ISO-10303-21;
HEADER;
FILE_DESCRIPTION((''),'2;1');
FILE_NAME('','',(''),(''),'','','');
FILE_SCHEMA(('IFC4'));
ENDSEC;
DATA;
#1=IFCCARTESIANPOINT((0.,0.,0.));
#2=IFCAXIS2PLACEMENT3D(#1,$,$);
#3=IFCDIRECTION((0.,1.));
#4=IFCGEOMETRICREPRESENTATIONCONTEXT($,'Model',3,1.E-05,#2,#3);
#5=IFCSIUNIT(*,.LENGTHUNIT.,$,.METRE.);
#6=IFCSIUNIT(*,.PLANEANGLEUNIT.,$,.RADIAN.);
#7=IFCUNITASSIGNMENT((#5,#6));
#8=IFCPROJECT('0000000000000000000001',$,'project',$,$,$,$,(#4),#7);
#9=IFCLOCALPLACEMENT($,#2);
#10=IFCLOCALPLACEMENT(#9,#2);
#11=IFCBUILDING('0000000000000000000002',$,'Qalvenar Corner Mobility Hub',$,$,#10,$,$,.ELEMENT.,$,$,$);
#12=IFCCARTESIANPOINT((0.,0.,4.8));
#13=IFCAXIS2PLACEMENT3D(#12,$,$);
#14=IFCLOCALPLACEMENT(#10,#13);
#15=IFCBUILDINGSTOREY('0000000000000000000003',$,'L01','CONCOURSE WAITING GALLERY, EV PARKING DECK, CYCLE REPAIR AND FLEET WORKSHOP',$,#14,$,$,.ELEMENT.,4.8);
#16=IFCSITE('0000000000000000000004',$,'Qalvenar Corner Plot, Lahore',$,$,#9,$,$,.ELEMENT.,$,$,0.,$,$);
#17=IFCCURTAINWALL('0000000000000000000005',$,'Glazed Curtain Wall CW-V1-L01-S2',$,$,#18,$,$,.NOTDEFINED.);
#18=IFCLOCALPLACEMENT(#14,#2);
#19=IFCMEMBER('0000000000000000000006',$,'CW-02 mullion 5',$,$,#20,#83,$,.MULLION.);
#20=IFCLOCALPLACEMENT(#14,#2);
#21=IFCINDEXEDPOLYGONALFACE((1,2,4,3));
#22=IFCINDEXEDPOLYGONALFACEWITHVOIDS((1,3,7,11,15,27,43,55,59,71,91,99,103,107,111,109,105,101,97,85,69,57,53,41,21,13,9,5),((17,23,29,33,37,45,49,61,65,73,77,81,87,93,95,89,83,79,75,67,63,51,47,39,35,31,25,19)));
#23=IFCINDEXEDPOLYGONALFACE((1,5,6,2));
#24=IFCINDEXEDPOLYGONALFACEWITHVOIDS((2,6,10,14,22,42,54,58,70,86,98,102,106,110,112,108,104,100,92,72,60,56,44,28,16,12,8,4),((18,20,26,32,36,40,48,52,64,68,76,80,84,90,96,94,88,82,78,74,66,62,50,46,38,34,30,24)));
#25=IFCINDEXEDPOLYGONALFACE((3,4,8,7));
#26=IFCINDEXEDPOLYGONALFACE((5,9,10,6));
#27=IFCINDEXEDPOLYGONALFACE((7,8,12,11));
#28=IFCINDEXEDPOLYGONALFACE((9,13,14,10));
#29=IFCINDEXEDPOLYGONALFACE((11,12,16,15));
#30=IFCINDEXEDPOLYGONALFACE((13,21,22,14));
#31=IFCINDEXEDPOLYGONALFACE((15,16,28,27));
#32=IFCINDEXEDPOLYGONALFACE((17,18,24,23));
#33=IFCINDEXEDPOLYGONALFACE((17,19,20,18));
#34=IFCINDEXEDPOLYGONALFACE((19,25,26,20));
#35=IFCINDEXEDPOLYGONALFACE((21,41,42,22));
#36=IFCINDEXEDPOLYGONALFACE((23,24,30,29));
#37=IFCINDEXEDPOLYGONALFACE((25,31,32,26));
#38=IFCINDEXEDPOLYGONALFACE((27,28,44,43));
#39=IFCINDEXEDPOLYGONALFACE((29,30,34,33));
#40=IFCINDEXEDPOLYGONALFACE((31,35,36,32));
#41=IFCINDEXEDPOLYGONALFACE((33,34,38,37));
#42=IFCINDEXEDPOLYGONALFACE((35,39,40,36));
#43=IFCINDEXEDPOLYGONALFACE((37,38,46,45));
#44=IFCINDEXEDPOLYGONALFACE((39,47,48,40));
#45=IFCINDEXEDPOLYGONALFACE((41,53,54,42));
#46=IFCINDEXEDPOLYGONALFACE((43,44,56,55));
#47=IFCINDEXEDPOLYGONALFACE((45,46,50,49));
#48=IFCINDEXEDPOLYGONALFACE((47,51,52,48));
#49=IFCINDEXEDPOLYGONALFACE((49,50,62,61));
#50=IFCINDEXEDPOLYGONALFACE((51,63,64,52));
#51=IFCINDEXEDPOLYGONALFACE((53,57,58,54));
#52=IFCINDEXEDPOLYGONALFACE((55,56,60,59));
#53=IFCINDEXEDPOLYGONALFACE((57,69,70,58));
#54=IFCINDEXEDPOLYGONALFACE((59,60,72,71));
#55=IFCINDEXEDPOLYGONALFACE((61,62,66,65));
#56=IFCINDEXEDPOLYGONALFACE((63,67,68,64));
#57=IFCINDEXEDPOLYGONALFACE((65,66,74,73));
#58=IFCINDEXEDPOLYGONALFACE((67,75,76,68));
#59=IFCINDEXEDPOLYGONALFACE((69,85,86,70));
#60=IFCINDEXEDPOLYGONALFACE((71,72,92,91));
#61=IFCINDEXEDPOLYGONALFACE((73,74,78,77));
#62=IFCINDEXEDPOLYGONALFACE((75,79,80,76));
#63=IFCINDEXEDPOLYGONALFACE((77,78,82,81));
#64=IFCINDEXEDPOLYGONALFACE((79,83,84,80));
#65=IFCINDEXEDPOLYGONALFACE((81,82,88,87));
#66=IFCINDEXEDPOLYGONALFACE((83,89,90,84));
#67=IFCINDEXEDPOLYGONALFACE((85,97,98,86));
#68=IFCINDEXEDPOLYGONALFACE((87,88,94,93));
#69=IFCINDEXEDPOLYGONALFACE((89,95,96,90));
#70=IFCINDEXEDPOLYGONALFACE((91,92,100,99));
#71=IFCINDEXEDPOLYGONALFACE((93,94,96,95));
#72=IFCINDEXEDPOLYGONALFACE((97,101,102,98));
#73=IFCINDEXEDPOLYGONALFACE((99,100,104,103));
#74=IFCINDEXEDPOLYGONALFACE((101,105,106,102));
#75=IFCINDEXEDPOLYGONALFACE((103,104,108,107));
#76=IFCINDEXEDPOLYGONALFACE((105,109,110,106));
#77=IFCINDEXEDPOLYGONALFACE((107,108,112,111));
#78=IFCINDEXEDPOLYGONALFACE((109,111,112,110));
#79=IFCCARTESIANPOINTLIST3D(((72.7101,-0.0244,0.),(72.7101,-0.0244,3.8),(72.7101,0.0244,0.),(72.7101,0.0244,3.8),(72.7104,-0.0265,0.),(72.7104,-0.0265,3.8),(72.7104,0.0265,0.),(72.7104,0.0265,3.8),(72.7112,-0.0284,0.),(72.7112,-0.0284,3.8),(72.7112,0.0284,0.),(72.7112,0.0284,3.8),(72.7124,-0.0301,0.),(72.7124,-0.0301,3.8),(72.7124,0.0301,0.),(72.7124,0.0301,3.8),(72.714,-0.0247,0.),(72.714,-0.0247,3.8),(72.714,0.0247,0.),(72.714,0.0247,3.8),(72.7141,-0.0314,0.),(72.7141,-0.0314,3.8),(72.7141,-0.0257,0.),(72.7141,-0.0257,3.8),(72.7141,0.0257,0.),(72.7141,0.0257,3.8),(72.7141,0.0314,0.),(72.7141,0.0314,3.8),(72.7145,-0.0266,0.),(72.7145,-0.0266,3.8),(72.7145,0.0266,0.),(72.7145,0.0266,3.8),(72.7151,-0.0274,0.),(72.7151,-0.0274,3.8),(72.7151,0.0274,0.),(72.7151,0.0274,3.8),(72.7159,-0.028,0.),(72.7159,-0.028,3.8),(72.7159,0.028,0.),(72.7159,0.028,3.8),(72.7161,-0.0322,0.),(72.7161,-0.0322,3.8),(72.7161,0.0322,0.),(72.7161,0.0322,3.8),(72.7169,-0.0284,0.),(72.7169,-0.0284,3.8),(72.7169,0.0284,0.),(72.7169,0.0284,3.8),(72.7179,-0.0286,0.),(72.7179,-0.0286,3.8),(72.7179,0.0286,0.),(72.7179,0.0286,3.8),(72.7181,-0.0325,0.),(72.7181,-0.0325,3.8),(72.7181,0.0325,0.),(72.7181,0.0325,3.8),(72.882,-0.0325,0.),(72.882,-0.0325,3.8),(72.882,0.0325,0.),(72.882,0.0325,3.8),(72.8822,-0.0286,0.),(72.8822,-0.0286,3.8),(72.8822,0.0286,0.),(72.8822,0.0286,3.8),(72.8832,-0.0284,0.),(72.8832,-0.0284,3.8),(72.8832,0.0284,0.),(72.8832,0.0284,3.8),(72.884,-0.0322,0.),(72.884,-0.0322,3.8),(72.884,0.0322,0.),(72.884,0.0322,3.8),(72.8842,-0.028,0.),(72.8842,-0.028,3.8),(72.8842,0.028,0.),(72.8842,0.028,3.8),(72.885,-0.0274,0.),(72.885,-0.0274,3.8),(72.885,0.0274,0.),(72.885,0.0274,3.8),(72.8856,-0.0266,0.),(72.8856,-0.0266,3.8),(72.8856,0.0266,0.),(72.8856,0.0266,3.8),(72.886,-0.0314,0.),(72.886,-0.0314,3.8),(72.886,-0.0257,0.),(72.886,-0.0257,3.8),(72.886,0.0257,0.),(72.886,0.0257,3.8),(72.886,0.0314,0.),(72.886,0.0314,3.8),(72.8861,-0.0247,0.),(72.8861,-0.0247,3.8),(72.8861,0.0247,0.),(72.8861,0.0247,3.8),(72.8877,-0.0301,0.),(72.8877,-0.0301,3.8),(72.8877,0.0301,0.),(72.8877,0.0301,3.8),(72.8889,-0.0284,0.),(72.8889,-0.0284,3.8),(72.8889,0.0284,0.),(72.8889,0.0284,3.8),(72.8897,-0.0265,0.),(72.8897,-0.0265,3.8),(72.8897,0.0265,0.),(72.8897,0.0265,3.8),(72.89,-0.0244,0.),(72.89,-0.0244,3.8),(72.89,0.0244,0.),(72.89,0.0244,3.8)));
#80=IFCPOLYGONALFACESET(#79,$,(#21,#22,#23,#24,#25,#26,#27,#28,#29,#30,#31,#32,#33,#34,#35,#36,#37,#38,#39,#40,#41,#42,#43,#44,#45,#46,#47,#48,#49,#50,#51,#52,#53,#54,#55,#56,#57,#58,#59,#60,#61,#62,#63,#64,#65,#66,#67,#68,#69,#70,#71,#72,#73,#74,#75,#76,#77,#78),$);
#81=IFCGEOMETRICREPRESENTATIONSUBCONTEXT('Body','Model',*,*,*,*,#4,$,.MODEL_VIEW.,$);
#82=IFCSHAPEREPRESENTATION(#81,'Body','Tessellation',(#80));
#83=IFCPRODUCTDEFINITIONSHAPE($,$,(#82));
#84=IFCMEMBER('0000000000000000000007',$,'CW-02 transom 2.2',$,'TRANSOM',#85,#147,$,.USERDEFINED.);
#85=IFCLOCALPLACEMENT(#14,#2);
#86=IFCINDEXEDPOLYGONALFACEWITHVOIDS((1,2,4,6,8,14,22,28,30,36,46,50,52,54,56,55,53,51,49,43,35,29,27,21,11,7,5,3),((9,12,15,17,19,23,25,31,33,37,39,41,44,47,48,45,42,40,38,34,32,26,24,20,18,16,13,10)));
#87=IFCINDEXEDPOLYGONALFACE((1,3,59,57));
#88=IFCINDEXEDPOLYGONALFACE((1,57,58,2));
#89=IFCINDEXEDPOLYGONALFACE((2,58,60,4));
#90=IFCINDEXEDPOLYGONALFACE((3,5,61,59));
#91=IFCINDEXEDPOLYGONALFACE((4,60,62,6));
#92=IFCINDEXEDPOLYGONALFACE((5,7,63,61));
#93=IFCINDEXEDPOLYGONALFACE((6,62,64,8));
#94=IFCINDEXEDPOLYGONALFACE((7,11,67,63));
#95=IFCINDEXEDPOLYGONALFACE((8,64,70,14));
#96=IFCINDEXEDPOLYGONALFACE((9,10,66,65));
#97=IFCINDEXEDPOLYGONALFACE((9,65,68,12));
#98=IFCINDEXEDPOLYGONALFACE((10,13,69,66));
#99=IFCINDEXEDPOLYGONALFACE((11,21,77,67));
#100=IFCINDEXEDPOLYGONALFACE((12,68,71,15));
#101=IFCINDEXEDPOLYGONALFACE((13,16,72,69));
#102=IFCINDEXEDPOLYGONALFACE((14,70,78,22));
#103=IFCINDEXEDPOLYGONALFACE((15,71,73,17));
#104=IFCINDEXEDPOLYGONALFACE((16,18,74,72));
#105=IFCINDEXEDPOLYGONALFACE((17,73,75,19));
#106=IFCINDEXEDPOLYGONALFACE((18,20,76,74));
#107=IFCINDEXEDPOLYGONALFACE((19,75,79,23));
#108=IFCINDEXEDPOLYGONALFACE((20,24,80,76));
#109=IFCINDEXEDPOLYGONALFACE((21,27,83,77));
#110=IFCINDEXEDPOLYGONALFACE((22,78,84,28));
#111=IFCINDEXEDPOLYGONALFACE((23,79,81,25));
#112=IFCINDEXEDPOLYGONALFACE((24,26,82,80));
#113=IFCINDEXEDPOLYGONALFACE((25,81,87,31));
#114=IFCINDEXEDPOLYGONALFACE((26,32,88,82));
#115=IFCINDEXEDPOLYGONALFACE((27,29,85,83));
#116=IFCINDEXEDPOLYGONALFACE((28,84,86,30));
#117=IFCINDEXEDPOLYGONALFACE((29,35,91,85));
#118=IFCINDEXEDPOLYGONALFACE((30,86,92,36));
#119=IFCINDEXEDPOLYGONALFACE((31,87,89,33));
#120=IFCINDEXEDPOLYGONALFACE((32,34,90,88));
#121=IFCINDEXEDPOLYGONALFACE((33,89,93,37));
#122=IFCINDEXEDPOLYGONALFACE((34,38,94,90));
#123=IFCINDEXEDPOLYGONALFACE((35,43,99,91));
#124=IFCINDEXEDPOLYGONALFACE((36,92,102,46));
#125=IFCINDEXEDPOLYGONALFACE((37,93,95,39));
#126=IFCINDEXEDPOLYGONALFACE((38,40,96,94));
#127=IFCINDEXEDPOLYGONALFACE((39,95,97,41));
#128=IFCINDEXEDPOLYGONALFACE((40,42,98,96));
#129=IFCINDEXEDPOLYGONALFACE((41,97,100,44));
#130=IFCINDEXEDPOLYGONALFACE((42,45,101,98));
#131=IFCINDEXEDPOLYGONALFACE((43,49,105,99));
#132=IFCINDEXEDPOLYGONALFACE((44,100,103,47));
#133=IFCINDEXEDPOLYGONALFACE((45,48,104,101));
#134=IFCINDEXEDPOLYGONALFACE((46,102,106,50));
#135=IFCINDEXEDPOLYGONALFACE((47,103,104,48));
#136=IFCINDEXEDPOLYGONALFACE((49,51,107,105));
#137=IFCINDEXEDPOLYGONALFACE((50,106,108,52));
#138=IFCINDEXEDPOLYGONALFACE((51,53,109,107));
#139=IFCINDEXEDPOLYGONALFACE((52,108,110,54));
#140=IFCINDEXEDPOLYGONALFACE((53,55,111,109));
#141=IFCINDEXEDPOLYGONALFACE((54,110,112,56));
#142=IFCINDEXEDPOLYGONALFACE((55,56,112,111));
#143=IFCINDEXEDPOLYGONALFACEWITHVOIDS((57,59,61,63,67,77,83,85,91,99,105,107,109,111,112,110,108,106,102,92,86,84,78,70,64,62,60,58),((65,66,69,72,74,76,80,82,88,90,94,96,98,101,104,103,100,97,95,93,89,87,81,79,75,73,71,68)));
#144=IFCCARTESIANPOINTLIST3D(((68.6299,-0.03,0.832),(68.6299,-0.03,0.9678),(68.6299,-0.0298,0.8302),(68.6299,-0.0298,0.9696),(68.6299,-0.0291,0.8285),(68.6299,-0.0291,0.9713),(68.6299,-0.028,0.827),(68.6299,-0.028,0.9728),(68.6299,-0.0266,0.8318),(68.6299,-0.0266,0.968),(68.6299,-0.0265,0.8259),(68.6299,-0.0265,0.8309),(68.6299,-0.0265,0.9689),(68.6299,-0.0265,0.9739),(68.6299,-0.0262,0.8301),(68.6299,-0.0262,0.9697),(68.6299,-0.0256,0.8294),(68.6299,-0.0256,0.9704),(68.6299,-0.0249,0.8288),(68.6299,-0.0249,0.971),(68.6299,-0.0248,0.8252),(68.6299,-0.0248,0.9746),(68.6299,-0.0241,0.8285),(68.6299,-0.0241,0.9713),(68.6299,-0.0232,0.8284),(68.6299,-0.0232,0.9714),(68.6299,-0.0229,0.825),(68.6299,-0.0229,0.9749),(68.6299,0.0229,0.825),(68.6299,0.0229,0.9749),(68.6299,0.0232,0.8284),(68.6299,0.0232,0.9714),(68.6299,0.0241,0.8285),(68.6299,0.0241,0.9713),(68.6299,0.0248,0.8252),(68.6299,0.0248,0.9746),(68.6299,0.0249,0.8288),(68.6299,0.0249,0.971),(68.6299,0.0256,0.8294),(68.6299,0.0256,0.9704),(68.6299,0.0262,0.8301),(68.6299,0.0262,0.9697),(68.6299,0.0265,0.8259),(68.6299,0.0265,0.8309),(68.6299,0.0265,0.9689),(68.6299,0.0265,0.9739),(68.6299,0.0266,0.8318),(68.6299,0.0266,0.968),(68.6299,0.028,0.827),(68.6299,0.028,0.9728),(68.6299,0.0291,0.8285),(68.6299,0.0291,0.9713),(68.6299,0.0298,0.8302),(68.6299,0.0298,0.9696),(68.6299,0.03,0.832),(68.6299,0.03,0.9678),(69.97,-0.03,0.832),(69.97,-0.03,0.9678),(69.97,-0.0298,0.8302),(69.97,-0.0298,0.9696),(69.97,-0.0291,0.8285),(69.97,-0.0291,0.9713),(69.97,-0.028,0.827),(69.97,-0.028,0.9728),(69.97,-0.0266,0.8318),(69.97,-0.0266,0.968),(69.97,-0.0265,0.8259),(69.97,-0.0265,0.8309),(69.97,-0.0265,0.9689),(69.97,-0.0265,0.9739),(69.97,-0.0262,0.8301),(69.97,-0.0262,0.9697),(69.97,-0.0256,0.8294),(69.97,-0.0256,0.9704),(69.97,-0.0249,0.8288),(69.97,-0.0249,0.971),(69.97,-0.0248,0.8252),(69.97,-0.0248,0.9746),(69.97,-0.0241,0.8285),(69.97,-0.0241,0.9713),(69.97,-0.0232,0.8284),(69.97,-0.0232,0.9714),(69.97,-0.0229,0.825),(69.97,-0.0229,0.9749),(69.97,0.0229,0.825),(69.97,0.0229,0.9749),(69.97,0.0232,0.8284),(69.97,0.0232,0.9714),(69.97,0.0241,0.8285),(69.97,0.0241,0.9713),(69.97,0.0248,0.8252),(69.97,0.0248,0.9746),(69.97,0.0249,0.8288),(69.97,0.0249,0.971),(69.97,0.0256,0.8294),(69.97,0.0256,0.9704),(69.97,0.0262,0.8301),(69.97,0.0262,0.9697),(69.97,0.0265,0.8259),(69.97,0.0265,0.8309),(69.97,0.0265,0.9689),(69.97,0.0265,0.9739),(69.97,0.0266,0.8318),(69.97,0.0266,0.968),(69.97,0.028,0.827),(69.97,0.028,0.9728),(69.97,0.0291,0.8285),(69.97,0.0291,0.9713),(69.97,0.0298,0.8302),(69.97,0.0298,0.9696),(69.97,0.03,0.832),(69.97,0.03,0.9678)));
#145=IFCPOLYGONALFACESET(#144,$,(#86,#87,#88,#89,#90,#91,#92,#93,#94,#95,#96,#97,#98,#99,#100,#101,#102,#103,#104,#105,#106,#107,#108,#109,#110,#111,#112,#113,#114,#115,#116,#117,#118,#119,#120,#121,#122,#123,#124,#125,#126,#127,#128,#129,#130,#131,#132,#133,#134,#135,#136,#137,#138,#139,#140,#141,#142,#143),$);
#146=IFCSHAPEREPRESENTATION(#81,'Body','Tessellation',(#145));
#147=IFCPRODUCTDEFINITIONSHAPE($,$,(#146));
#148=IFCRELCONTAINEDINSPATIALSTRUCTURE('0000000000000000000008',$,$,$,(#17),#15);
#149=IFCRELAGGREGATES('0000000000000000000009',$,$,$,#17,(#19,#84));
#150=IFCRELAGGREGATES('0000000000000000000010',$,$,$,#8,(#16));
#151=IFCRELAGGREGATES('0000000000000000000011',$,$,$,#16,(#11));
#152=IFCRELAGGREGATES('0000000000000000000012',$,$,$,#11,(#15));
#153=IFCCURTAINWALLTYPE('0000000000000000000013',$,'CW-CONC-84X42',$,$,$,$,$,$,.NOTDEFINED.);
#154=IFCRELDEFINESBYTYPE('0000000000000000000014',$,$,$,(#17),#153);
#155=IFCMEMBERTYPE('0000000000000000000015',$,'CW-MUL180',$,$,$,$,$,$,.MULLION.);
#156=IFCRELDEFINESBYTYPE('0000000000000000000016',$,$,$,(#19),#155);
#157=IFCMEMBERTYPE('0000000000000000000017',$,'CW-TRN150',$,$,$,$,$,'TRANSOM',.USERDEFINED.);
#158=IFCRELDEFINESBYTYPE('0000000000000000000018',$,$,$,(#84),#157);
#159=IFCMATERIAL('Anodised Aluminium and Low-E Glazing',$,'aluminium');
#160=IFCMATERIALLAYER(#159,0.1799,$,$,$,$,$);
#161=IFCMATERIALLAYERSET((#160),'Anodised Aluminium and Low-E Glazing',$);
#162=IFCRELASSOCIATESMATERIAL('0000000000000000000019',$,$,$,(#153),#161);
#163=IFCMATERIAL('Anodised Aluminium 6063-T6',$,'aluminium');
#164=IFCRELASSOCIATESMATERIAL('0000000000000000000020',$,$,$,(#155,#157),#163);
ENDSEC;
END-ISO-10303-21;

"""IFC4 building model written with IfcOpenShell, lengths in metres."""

from ifc_helpers import new_model, si_unit, direction, frame, origin, origin_2d, place, context, subcontext, project, spatial, hollow_rectangle, extrude, material, layer, layer_set, material_profile, profile_set, type_object, element, aggregate, save


model = new_model("IFC4")

# Units and contexts
model_context = context("Model", 3, precision=1e-05, world=origin(), true_north=direction((0.0, 1.0)))
body_context = subcontext(model_context, "Body", "Model", "MODEL_VIEW")
ifc_project = project(units=[si_unit("LENGTHUNIT", "METRE"), si_unit("PLANEANGLEUNIT", "RADIAN")], contexts=[model_context])

# Site, building, storey
site_placement = place(None, origin())
site = spatial("IfcSite", under=ifc_project, at=site_placement, Name="Qalvenar Corner Plot, Lahore", CompositionType="ELEMENT", RefElevation=0.0)
building_placement = place(site_placement, origin())
building = spatial("IfcBuilding", under=site, at=building_placement, Name="Qalvenar Corner Mobility Hub", CompositionType="ELEMENT")
storey_placement = place(building_placement, frame((0.0, 0.0, 4.8)))
storey = spatial("IfcBuildingStorey", under=building, at=storey_placement, Name="L01", Description="CONCOURSE WAITING GALLERY, EV PARKING DECK, CYCLE REPAIR AND FLEET WORKSHOP", CompositionType="ELEMENT", Elevation=4.8)

# Curtain wall, members
ifc_material_1 = material(Name="Anodised Aluminium and Low-E Glazing", Category="aluminium")
ifc_layer_1 = layer(ifc_material_1, 0.1799)
ifc_layer_set_1 = layer_set([ifc_layer_1], Name="Anodised Aluminium and Low-E Glazing")
curtain_wall_type = type_object("IfcCurtainWallType", Name="CW-CONC-84X42", PredefinedType="NOTDEFINED", material=ifc_layer_set_1)
curtain_wall_placement = place(storey_placement, origin())
curtain_wall = element("IfcCurtainWall", 1, at=curtain_wall_placement, inside=storey, type_object=curtain_wall_type, Name="Glazed Curtain Wall CW-V1-L01-S2", PredefinedType="NOTDEFINED")
ifc_material_2 = material(Name="Anodised Aluminium 6063-T6", Category="aluminium")
ifc_material_profile_1 = material_profile(ifc_material_2, hollow_rectangle(XDim=0.0649, YDim=0.1799, WallThickness=0.0039, InnerFilletRadius=0.0039, OuterFilletRadius=0.0081, at=origin_2d()), Name="RHS180x65x4")
ifc_profile_set_1 = profile_set([ifc_material_profile_1], Name="Anodised Aluminium 6063-T6")
member_type_1 = type_object("IfcMemberType", Name="CW-MUL180", PredefinedType="MULLION", material=ifc_profile_set_1)
member_1_placement = place(storey_placement, frame((72.8, 0.0, 0.0), z_axis=(0.0, 0.0, 1.0), x_axis=(0.0, 1.0, 0.0)))
member_1 = element("IfcMember", 2, at=member_1_placement, type_object=member_type_1, Name="CW-02 mullion 5", PredefinedType="MULLION", context=body_context, shape_type="SweptSolid", body=[
    extrude(hollow_rectangle(XDim=0.0649, YDim=0.1799, WallThickness=0.0039, InnerFilletRadius=0.0039, OuterFilletRadius=0.0081, at=origin_2d()), origin(), (0.0, 0.0, 1.0), 3.8),
])
ifc_material_profile_2 = material_profile(ifc_material_2, hollow_rectangle(XDim=0.0601, YDim=0.1499, WallThickness=0.0034, InnerFilletRadius=0.0034, OuterFilletRadius=0.0071, at=origin_2d()), Name="RHS150x60x3.5")
ifc_profile_set_2 = profile_set([ifc_material_profile_2], Name="Anodised Aluminium 6063-T6")
member_type_2 = type_object("IfcMemberType", Name="CW-TRN150", ElementType="TRANSOM", PredefinedType="USERDEFINED", material=ifc_profile_set_2)
member_2_placement = place(storey_placement, frame((68.6299, 0.0, 0.8999), z_axis=(1.0, 0.0, 0.0), x_axis=(0.0, 1.0, 0.0)))
member_2 = element("IfcMember", 3, at=member_2_placement, type_object=member_type_2, Name="CW-02 transom 2.2", ObjectType="TRANSOM", PredefinedType="USERDEFINED", context=body_context, shape_type="SweptSolid", body=[
    extrude(hollow_rectangle(XDim=0.0601, YDim=0.1499, WallThickness=0.0034, InnerFilletRadius=0.0034, OuterFilletRadius=0.0071, at=origin_2d()), origin(), (0.0, 0.0, 1.0), 1.3401),
])
aggregate(curtain_wall, [member_1, member_2])

save(model, "model.ifc")
